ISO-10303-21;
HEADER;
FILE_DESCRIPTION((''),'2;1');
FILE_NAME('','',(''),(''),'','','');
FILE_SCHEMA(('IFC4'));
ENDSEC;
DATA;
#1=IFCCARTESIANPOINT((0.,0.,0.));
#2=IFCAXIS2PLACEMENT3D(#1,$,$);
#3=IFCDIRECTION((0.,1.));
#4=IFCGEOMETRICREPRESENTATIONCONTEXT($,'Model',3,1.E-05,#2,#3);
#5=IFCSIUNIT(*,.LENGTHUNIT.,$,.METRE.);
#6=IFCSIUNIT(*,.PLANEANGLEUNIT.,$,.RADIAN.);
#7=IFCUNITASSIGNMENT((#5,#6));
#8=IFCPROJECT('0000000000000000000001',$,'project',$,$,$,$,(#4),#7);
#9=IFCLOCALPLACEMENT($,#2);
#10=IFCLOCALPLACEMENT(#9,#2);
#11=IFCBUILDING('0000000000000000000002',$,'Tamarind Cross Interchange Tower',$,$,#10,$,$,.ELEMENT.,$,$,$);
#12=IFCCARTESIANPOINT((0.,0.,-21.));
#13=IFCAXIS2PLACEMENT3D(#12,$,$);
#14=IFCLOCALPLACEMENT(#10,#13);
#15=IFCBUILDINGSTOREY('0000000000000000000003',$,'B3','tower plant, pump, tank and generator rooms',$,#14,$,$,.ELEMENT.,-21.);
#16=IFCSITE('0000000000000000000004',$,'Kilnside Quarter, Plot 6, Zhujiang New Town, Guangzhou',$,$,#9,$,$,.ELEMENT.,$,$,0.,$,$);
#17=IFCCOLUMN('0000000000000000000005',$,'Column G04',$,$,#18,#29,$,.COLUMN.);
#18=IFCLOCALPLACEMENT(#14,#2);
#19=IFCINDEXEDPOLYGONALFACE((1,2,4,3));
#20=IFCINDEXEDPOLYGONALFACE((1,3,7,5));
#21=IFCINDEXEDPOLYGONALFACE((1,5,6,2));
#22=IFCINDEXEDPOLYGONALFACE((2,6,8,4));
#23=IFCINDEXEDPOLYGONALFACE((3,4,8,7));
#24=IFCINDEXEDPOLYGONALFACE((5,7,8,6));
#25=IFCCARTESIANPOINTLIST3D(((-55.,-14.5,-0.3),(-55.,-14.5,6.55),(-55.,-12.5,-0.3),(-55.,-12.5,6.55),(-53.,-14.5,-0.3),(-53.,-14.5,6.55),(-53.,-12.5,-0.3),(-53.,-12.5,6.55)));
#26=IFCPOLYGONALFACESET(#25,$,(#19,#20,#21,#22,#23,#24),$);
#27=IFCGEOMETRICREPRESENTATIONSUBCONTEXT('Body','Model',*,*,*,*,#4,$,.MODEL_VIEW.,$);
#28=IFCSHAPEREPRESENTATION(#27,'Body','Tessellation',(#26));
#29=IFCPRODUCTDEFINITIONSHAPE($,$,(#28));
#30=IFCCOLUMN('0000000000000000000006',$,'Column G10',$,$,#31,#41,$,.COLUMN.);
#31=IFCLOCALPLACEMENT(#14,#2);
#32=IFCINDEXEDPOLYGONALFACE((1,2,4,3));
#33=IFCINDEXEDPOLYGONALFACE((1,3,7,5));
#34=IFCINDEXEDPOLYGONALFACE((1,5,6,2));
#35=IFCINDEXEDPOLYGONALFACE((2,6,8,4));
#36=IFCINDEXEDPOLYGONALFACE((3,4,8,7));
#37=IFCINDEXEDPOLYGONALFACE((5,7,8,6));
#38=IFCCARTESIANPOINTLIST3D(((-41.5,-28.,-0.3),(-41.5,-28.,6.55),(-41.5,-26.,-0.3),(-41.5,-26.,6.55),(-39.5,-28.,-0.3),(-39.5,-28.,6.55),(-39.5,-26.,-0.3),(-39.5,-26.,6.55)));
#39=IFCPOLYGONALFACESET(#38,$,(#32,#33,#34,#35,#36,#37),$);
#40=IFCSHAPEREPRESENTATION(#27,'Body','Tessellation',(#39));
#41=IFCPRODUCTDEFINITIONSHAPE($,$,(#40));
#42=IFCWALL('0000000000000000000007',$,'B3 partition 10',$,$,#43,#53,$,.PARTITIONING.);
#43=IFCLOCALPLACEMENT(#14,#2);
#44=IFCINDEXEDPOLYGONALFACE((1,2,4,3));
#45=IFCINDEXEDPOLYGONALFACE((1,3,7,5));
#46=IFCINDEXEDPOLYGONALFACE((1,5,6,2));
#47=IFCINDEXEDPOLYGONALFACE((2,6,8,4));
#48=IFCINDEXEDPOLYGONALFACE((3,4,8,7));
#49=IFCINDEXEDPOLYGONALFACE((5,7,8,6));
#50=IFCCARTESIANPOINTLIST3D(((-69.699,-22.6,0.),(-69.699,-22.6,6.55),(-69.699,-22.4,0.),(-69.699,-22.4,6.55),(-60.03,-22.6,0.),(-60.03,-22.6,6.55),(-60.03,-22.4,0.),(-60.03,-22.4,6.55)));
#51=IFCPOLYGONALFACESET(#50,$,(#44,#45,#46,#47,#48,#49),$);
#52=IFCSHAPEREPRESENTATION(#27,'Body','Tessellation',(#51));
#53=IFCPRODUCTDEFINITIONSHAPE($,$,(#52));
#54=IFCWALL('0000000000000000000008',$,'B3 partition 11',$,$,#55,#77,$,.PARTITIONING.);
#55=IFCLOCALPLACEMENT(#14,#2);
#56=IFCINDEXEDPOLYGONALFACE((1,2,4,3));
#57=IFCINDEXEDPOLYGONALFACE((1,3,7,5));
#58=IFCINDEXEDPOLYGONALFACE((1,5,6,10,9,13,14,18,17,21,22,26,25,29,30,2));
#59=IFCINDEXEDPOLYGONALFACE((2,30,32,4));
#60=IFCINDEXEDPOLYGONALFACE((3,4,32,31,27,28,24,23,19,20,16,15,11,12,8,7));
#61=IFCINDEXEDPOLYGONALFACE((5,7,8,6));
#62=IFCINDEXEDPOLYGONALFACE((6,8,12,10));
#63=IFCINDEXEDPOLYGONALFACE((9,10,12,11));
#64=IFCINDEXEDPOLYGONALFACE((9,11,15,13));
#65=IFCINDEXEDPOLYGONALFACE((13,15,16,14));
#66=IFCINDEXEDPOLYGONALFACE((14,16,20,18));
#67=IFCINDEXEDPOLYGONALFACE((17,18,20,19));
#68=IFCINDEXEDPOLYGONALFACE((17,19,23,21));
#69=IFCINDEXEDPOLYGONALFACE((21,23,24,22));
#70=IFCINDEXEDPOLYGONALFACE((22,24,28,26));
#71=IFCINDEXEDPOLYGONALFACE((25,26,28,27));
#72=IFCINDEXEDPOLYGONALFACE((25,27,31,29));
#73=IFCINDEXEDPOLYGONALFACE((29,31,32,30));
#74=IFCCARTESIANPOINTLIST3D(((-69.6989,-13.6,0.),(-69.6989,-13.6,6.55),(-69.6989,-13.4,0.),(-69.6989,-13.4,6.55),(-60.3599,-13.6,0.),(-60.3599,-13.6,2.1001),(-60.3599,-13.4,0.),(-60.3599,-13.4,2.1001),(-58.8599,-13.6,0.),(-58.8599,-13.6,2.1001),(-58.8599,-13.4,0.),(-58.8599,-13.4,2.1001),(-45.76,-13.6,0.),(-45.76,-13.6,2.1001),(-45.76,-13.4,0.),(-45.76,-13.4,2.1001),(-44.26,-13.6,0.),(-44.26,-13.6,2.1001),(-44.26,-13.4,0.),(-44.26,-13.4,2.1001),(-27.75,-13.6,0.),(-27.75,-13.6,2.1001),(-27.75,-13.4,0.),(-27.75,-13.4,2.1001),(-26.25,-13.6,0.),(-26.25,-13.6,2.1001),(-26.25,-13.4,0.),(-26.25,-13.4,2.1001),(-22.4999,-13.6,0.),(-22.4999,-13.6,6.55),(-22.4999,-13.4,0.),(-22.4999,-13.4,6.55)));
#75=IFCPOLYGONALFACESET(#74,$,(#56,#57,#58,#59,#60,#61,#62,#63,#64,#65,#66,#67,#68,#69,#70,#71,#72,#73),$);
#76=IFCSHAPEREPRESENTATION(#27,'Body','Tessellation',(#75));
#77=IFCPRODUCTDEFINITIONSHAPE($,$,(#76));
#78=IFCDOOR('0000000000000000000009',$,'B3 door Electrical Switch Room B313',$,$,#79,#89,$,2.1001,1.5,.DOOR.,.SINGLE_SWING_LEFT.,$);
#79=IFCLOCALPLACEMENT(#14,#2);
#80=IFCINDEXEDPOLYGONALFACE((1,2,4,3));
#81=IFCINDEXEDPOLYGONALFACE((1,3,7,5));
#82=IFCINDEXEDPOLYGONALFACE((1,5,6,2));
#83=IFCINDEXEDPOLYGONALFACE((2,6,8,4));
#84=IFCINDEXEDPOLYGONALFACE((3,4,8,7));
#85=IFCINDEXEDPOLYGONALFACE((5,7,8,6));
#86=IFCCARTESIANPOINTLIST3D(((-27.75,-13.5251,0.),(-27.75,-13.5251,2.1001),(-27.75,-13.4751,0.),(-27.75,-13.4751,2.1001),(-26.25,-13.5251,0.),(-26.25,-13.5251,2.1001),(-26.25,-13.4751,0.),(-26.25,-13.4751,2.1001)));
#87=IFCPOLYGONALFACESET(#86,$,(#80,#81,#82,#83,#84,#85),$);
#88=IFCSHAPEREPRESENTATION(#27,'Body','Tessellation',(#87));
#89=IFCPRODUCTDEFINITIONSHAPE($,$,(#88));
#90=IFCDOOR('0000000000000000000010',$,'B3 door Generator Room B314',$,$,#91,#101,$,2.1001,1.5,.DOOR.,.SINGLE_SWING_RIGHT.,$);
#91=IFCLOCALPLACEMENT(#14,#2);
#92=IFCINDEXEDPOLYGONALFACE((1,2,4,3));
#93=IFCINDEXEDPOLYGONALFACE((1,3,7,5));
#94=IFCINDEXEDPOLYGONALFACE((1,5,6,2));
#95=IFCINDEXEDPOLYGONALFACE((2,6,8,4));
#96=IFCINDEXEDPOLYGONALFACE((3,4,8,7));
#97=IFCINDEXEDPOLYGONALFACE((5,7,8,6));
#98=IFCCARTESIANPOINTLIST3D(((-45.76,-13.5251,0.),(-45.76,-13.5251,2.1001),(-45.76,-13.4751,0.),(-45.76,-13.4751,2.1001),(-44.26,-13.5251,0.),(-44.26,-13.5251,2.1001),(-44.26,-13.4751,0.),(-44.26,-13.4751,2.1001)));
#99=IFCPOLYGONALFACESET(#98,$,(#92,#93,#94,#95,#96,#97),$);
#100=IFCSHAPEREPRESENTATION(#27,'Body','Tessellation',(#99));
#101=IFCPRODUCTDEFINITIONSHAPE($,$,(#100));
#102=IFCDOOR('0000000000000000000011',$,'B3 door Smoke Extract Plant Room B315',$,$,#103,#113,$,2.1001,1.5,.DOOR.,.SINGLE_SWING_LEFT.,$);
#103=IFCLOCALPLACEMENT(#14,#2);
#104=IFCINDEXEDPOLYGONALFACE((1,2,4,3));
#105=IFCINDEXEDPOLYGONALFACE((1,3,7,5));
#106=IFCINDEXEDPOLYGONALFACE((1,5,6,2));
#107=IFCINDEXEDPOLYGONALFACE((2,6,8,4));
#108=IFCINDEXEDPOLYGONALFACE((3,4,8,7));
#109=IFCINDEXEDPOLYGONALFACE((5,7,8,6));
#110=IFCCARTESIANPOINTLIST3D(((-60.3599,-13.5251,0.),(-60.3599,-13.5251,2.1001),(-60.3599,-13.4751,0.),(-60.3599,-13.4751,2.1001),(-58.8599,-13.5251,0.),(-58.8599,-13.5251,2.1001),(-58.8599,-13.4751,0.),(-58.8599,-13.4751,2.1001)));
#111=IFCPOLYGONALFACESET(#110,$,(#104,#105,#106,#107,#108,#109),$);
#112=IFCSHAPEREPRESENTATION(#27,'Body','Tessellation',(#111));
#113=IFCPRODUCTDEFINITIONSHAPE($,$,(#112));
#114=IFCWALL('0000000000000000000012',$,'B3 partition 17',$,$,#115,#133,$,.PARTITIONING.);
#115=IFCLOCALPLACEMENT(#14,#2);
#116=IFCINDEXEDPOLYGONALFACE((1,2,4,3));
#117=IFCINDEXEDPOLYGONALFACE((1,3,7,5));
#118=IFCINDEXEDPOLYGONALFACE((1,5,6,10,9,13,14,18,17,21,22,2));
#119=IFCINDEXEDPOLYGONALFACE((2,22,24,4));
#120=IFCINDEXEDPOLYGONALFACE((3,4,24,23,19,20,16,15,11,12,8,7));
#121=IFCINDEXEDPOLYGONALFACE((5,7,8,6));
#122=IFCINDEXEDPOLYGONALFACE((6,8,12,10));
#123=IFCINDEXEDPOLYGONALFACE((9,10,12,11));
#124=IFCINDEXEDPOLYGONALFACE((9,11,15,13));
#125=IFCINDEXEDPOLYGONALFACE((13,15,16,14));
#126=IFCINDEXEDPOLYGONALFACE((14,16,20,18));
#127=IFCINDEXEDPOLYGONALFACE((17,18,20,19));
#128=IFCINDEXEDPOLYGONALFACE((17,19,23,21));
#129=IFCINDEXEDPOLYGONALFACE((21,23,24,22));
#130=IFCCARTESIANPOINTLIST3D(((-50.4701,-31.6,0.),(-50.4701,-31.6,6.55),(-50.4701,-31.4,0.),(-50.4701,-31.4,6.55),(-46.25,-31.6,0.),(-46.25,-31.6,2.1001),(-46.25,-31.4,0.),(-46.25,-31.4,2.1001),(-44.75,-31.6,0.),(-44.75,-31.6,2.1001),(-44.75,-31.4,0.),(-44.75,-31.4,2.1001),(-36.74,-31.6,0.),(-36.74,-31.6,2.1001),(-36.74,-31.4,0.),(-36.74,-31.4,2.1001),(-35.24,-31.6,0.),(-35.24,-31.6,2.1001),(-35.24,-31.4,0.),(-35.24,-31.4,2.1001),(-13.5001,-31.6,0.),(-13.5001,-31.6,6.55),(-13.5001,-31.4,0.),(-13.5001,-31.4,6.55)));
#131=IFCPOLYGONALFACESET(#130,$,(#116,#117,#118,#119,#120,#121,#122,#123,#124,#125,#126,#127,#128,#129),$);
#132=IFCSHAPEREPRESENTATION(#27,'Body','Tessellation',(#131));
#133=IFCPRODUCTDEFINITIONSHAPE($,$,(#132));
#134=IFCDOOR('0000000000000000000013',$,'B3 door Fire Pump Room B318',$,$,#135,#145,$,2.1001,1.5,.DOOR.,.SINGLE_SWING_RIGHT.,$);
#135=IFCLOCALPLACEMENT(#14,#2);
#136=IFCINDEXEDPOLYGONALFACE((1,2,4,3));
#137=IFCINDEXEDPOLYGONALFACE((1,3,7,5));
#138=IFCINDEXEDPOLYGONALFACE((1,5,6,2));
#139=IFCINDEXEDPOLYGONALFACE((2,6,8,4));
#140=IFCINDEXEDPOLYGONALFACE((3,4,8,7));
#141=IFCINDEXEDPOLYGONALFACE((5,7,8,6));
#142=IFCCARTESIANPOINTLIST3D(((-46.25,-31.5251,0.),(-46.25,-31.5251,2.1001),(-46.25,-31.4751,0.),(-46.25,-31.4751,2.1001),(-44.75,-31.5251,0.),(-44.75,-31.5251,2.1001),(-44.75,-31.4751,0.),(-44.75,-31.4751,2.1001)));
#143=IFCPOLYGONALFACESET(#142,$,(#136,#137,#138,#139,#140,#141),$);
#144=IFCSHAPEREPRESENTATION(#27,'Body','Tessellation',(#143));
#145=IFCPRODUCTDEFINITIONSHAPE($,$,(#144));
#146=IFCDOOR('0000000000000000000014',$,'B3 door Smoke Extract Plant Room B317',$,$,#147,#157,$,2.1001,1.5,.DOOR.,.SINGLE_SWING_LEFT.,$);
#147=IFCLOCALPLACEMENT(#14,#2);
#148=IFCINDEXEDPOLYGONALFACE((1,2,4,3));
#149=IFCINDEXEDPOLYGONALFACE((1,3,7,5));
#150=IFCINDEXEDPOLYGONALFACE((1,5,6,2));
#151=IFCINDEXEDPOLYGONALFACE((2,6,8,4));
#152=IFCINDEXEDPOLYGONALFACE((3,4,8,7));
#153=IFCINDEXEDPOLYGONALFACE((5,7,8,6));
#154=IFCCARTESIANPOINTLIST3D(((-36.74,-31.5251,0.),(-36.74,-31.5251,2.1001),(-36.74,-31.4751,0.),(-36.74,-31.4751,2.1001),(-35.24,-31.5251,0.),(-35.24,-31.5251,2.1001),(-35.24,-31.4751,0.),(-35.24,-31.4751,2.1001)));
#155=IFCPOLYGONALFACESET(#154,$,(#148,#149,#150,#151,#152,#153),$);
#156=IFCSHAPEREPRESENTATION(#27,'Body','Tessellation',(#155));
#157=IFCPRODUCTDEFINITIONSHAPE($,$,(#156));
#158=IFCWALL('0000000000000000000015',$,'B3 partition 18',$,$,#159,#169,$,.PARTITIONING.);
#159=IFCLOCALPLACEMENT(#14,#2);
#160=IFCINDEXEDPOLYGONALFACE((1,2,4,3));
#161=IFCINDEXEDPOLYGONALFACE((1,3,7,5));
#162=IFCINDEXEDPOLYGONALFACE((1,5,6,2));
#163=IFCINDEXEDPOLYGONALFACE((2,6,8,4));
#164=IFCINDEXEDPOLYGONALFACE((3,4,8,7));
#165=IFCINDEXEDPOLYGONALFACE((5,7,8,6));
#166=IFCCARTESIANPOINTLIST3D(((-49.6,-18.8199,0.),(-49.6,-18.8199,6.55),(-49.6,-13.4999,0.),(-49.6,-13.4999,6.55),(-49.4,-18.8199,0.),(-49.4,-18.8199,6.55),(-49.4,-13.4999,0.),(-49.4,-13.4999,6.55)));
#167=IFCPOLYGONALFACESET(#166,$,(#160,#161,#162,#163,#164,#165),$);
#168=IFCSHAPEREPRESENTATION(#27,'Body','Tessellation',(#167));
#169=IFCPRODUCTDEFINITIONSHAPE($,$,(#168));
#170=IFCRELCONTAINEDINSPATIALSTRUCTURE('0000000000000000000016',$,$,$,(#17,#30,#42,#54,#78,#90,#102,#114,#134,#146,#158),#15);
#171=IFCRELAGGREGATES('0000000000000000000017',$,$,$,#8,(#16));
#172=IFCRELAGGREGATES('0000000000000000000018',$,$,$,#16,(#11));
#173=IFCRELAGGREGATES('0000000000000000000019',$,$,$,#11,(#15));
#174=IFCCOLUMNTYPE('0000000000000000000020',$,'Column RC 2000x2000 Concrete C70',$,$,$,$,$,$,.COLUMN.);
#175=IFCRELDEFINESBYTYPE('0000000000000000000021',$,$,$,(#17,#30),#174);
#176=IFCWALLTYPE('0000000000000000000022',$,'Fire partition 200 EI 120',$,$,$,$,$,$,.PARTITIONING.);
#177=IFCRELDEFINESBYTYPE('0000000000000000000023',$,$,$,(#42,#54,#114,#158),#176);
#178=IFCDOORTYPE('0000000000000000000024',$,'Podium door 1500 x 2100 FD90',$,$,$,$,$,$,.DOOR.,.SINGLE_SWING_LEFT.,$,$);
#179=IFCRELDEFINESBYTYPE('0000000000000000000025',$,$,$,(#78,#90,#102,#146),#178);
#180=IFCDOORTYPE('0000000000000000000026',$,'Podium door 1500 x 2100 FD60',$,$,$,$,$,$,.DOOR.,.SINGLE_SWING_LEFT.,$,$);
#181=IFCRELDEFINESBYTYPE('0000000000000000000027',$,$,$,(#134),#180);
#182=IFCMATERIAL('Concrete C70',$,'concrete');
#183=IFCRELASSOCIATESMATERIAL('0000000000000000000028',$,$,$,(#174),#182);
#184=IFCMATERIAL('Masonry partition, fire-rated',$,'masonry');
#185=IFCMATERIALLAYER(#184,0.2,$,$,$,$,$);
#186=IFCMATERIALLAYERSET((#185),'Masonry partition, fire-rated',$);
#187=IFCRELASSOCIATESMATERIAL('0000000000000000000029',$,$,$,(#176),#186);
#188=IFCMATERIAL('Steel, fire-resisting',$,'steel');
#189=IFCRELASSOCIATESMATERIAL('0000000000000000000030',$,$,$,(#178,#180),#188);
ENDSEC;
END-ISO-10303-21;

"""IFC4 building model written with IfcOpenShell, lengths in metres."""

from ifc_helpers import new_model, si_unit, direction, frame, frame_2d, origin, origin_2d, place, context, subcontext, project, spatial, rectangle, extrude, material, layer, layer_set, material_profile, profile_set, type_object, element, fill, save


model = new_model("IFC4")

# Units and contexts
model_context = context("Model", 3, precision=1e-05, world=origin(), true_north=direction((0.0, 1.0)))
body_context = subcontext(model_context, "Body", "Model", "MODEL_VIEW")
ifc_project = project(units=[si_unit("LENGTHUNIT", "METRE"), si_unit("PLANEANGLEUNIT", "RADIAN")], contexts=[model_context])

# Site, building, storey
site_placement = place(None, origin())
site = spatial("IfcSite", under=ifc_project, at=site_placement, Name="Kilnside Quarter, Plot 6, Zhujiang New Town, Guangzhou", CompositionType="ELEMENT", RefElevation=0.0)
building_placement = place(site_placement, origin())
building = spatial("IfcBuilding", under=site, at=building_placement, Name="Tamarind Cross Interchange Tower", CompositionType="ELEMENT")
storey_placement = place(building_placement, frame((0.0, 0.0, -21.0)))
storey = spatial("IfcBuildingStorey", under=building, at=storey_placement, Name="B3", Description="tower plant, pump, tank and generator rooms", CompositionType="ELEMENT", Elevation=-21.0)

# Columns
ifc_material_1 = material(Name="Concrete C70", Category="concrete")
ifc_material_profile_1 = material_profile(ifc_material_1, rectangle(XDim=2.0, YDim=2.0, at=origin_2d()), Name="RC 2000x2000")
ifc_profile_set_1 = profile_set([ifc_material_profile_1], Name="Concrete C70")
column_type = type_object("IfcColumnType", Name="Column RC 2000x2000 Concrete C70", PredefinedType="COLUMN", material=ifc_profile_set_1)
for number, where, z_axis, x_axis, name in (
    (1, (-54.0, -13.5, -0.3), (0.0, 0.0, 1.0), (1.0, 0.0, 0.0), "Column G04"),
    (2, (-40.5, -27.0, -0.3), (0.0, 0.0, 1.0), (1.0, 0.0, 0.0), "Column G10"),
):
    element("IfcColumn", number, at=place(storey_placement, frame(where, z_axis=z_axis, x_axis=x_axis)), inside=storey, type_object=column_type, Name=name, PredefinedType="COLUMN", context=body_context, shape_type="SweptSolid", body=[
        extrude(rectangle(XDim=2.0, YDim=2.0, at=origin_2d()), origin(), (0.0, 0.0, 1.0), 6.8501),
    ])

# Wall
ifc_material_2 = material(Name="Masonry partition, fire-rated", Category="masonry")
ifc_layer_1 = layer(ifc_material_2, 0.2)
ifc_layer_set_1 = layer_set([ifc_layer_1], Name="Masonry partition, fire-rated")
wall_type_1 = type_object("IfcWallType", Name="Fire partition 200 EI 120", PredefinedType="PARTITIONING", material=ifc_layer_set_1)
wall_1_placement = place(storey_placement, frame((-69.699, -22.5, 0.0), z_axis=(0.0, 0.0, 1.0), x_axis=(1.0, 0.0, 0.0)))
element("IfcWall", 3, at=wall_1_placement, inside=storey, type_object=wall_type_1, Name="B3 partition 10", PredefinedType="PARTITIONING", context=body_context, shape_type="SweptSolid", body=[
    extrude(rectangle(XDim=9.6689, YDim=0.2, at=frame_2d((4.8345, 0.0))), origin(), (0.0, 0.0, 1.0), 6.55),
])

# Walls, openings, doors
wall_2_placement = place(storey_placement, frame((-69.699, -13.5, 0.0), z_axis=(0.0, 0.0, 1.0), x_axis=(1.0, 0.0, 0.0)))
wall_2 = element("IfcWall", 4, at=wall_2_placement, inside=storey, type_object=wall_type_1, Name="B3 partition 11", PredefinedType="PARTITIONING", context=body_context, shape_type="SweptSolid", body=[
    extrude(rectangle(XDim=47.199, YDim=0.2, at=frame_2d((23.5996, 0.0))), origin(), (0.0, 0.0, 1.0), 6.55),
])
opening_1_placement = place(wall_2_placement, frame((41.949, 0.0, 0.0)))
opening_1 = element("IfcOpeningElement", 5, at=opening_1_placement, cuts=wall_2, PredefinedType="OPENING", context=body_context, shape_type="SweptSolid", body=[
    extrude(rectangle(XDim=1.5, YDim=2.1001, at=frame_2d((0.75, 1.05))), frame((0.0, 0.1099, 0.0), z_axis=(0.0, -1.0, 0.0), x_axis=(1.0, 0.0, 0.0)), (0.0, 0.0, 1.0), 0.22),
])
opening_2_placement = place(wall_2_placement, frame((23.939, 0.0, 0.0)))
opening_2 = element("IfcOpeningElement", 6, at=opening_2_placement, cuts=wall_2, PredefinedType="OPENING", context=body_context, shape_type="SweptSolid", body=[
    extrude(rectangle(XDim=1.5, YDim=2.1001, at=frame_2d((0.75, 1.05))), frame((0.0, 0.1099, 0.0), z_axis=(0.0, -1.0, 0.0), x_axis=(1.0, 0.0, 0.0)), (0.0, 0.0, 1.0), 0.22),
])
opening_3_placement = place(wall_2_placement, frame((9.3391, 0.0, 0.0)))
opening_3 = element("IfcOpeningElement", 7, at=opening_3_placement, cuts=wall_2, PredefinedType="OPENING", context=body_context, shape_type="SweptSolid", body=[
    extrude(rectangle(XDim=1.5, YDim=2.1001, at=frame_2d((0.75, 1.05))), frame((0.0, 0.1099, 0.0), z_axis=(0.0, -1.0, 0.0), x_axis=(1.0, 0.0, 0.0)), (0.0, 0.0, 1.0), 0.22),
])
ifc_material_3 = material(Name="Steel, fire-resisting", Category="steel")
door_type_1 = type_object("IfcDoorType", Name="Podium door 1500 x 2100 FD90", OperationType="SINGLE_SWING_LEFT", PredefinedType="DOOR", material=ifc_material_3)
door_1_placement = place(opening_1_placement, origin())
door_1 = element("IfcDoor", 8, at=door_1_placement, inside=storey, type_object=door_type_1, Name="B3 door Electrical Switch Room B313", OperationType="SINGLE_SWING_LEFT", OverallHeight=2.1001, OverallWidth=1.5, PredefinedType="DOOR", context=body_context, shape_type="SweptSolid", body=[
    extrude(rectangle(XDim=1.5, YDim=2.1001, at=frame_2d((0.75, 1.05))), frame((0.0, 0.0249, 0.0), z_axis=(0.0, -1.0, 0.0), x_axis=(1.0, 0.0, 0.0)), (0.0, 0.0, 1.0), 0.05),
])
fill(opening_1, door_1)
door_2_placement = place(opening_2_placement, origin())
door_2 = element("IfcDoor", 9, at=door_2_placement, inside=storey, type_object=door_type_1, Name="B3 door Generator Room B314", OperationType="SINGLE_SWING_RIGHT", OverallHeight=2.1001, OverallWidth=1.5, PredefinedType="DOOR", context=body_context, shape_type="SweptSolid", body=[
    extrude(rectangle(XDim=1.5, YDim=2.1001, at=frame_2d((0.75, 1.05))), frame((0.0, 0.0249, 0.0), z_axis=(0.0, -1.0, 0.0), x_axis=(1.0, 0.0, 0.0)), (0.0, 0.0, 1.0), 0.05),
])
fill(opening_2, door_2)
door_3_placement = place(opening_3_placement, origin())
door_3 = element("IfcDoor", 10, at=door_3_placement, inside=storey, type_object=door_type_1, Name="B3 door Smoke Extract Plant Room B315", OperationType="SINGLE_SWING_LEFT", OverallHeight=2.1001, OverallWidth=1.5, PredefinedType="DOOR", context=body_context, shape_type="SweptSolid", body=[
    extrude(rectangle(XDim=1.5, YDim=2.1001, at=frame_2d((0.75, 1.05))), frame((0.0, 0.0249, 0.0), z_axis=(0.0, -1.0, 0.0), x_axis=(1.0, 0.0, 0.0)), (0.0, 0.0, 1.0), 0.05),
])
fill(opening_3, door_3)
wall_3_placement = place(storey_placement, frame((-50.47, -31.5, 0.0), z_axis=(0.0, 0.0, 1.0), x_axis=(1.0, 0.0, 0.0)))
wall_3 = element("IfcWall", 11, at=wall_3_placement, inside=storey, type_object=wall_type_1, Name="B3 partition 17", PredefinedType="PARTITIONING", context=body_context, shape_type="SweptSolid", body=[
    extrude(rectangle(XDim=36.97, YDim=0.2, at=frame_2d((18.4849, 0.0))), origin(), (0.0, 0.0, 1.0), 6.55),
])
opening_4_placement = place(wall_3_placement, frame((13.73, 0.0, 0.0)))
opening_4 = element("IfcOpeningElement", 12, at=opening_4_placement, cuts=wall_3, PredefinedType="OPENING", context=body_context, shape_type="SweptSolid", body=[
    extrude(rectangle(XDim=1.5, YDim=2.1001, at=frame_2d((0.75, 1.05))), frame((0.0, 0.1099, 0.0), z_axis=(0.0, -1.0, 0.0), x_axis=(1.0, 0.0, 0.0)), (0.0, 0.0, 1.0), 0.22),
])
opening_5_placement = place(wall_3_placement, frame((4.22, 0.0, 0.0)))
opening_5 = element("IfcOpeningElement", 13, at=opening_5_placement, cuts=wall_3, PredefinedType="OPENING", context=body_context, shape_type="SweptSolid", body=[
    extrude(rectangle(XDim=1.5, YDim=2.1001, at=frame_2d((0.75, 1.05))), frame((0.0, 0.1099, 0.0), z_axis=(0.0, -1.0, 0.0), x_axis=(1.0, 0.0, 0.0)), (0.0, 0.0, 1.0), 0.22),
])
door_type_2 = type_object("IfcDoorType", Name="Podium door 1500 x 2100 FD60", OperationType="SINGLE_SWING_LEFT", PredefinedType="DOOR", material=ifc_material_3)
door_4_placement = place(opening_5_placement, origin())
door_4 = element("IfcDoor", 14, at=door_4_placement, inside=storey, type_object=door_type_2, Name="B3 door Fire Pump Room B318", OperationType="SINGLE_SWING_RIGHT", OverallHeight=2.1001, OverallWidth=1.5, PredefinedType="DOOR", context=body_context, shape_type="SweptSolid", body=[
    extrude(rectangle(XDim=1.5, YDim=2.1001, at=frame_2d((0.75, 1.05))), frame((0.0, 0.0249, 0.0), z_axis=(0.0, -1.0, 0.0), x_axis=(1.0, 0.0, 0.0)), (0.0, 0.0, 1.0), 0.05),
])
fill(opening_5, door_4)
door_5_placement = place(opening_4_placement, origin())
door_5 = element("IfcDoor", 15, at=door_5_placement, inside=storey, type_object=door_type_1, Name="B3 door Smoke Extract Plant Room B317", OperationType="SINGLE_SWING_LEFT", OverallHeight=2.1001, OverallWidth=1.5, PredefinedType="DOOR", context=body_context, shape_type="SweptSolid", body=[
    extrude(rectangle(XDim=1.5, YDim=2.1001, at=frame_2d((0.75, 1.05))), frame((0.0, 0.0249, 0.0), z_axis=(0.0, -1.0, 0.0), x_axis=(1.0, 0.0, 0.0)), (0.0, 0.0, 1.0), 0.05),
])
fill(opening_4, door_5)

# Wall
wall_4_placement = place(storey_placement, frame((-49.5, -18.8201, 0.0), z_axis=(0.0, 0.0, 1.0), x_axis=(0.0, 1.0, 0.0)))
element("IfcWall", 16, at=wall_4_placement, inside=storey, type_object=wall_type_1, Name="B3 partition 18", PredefinedType="PARTITIONING", context=body_context, shape_type="SweptSolid", body=[
    extrude(rectangle(XDim=5.3201, YDim=0.2, at=frame_2d((2.6602, 0.0))), origin(), (0.0, 0.0, 1.0), 6.55),
])

save(model, "model.ifc")
